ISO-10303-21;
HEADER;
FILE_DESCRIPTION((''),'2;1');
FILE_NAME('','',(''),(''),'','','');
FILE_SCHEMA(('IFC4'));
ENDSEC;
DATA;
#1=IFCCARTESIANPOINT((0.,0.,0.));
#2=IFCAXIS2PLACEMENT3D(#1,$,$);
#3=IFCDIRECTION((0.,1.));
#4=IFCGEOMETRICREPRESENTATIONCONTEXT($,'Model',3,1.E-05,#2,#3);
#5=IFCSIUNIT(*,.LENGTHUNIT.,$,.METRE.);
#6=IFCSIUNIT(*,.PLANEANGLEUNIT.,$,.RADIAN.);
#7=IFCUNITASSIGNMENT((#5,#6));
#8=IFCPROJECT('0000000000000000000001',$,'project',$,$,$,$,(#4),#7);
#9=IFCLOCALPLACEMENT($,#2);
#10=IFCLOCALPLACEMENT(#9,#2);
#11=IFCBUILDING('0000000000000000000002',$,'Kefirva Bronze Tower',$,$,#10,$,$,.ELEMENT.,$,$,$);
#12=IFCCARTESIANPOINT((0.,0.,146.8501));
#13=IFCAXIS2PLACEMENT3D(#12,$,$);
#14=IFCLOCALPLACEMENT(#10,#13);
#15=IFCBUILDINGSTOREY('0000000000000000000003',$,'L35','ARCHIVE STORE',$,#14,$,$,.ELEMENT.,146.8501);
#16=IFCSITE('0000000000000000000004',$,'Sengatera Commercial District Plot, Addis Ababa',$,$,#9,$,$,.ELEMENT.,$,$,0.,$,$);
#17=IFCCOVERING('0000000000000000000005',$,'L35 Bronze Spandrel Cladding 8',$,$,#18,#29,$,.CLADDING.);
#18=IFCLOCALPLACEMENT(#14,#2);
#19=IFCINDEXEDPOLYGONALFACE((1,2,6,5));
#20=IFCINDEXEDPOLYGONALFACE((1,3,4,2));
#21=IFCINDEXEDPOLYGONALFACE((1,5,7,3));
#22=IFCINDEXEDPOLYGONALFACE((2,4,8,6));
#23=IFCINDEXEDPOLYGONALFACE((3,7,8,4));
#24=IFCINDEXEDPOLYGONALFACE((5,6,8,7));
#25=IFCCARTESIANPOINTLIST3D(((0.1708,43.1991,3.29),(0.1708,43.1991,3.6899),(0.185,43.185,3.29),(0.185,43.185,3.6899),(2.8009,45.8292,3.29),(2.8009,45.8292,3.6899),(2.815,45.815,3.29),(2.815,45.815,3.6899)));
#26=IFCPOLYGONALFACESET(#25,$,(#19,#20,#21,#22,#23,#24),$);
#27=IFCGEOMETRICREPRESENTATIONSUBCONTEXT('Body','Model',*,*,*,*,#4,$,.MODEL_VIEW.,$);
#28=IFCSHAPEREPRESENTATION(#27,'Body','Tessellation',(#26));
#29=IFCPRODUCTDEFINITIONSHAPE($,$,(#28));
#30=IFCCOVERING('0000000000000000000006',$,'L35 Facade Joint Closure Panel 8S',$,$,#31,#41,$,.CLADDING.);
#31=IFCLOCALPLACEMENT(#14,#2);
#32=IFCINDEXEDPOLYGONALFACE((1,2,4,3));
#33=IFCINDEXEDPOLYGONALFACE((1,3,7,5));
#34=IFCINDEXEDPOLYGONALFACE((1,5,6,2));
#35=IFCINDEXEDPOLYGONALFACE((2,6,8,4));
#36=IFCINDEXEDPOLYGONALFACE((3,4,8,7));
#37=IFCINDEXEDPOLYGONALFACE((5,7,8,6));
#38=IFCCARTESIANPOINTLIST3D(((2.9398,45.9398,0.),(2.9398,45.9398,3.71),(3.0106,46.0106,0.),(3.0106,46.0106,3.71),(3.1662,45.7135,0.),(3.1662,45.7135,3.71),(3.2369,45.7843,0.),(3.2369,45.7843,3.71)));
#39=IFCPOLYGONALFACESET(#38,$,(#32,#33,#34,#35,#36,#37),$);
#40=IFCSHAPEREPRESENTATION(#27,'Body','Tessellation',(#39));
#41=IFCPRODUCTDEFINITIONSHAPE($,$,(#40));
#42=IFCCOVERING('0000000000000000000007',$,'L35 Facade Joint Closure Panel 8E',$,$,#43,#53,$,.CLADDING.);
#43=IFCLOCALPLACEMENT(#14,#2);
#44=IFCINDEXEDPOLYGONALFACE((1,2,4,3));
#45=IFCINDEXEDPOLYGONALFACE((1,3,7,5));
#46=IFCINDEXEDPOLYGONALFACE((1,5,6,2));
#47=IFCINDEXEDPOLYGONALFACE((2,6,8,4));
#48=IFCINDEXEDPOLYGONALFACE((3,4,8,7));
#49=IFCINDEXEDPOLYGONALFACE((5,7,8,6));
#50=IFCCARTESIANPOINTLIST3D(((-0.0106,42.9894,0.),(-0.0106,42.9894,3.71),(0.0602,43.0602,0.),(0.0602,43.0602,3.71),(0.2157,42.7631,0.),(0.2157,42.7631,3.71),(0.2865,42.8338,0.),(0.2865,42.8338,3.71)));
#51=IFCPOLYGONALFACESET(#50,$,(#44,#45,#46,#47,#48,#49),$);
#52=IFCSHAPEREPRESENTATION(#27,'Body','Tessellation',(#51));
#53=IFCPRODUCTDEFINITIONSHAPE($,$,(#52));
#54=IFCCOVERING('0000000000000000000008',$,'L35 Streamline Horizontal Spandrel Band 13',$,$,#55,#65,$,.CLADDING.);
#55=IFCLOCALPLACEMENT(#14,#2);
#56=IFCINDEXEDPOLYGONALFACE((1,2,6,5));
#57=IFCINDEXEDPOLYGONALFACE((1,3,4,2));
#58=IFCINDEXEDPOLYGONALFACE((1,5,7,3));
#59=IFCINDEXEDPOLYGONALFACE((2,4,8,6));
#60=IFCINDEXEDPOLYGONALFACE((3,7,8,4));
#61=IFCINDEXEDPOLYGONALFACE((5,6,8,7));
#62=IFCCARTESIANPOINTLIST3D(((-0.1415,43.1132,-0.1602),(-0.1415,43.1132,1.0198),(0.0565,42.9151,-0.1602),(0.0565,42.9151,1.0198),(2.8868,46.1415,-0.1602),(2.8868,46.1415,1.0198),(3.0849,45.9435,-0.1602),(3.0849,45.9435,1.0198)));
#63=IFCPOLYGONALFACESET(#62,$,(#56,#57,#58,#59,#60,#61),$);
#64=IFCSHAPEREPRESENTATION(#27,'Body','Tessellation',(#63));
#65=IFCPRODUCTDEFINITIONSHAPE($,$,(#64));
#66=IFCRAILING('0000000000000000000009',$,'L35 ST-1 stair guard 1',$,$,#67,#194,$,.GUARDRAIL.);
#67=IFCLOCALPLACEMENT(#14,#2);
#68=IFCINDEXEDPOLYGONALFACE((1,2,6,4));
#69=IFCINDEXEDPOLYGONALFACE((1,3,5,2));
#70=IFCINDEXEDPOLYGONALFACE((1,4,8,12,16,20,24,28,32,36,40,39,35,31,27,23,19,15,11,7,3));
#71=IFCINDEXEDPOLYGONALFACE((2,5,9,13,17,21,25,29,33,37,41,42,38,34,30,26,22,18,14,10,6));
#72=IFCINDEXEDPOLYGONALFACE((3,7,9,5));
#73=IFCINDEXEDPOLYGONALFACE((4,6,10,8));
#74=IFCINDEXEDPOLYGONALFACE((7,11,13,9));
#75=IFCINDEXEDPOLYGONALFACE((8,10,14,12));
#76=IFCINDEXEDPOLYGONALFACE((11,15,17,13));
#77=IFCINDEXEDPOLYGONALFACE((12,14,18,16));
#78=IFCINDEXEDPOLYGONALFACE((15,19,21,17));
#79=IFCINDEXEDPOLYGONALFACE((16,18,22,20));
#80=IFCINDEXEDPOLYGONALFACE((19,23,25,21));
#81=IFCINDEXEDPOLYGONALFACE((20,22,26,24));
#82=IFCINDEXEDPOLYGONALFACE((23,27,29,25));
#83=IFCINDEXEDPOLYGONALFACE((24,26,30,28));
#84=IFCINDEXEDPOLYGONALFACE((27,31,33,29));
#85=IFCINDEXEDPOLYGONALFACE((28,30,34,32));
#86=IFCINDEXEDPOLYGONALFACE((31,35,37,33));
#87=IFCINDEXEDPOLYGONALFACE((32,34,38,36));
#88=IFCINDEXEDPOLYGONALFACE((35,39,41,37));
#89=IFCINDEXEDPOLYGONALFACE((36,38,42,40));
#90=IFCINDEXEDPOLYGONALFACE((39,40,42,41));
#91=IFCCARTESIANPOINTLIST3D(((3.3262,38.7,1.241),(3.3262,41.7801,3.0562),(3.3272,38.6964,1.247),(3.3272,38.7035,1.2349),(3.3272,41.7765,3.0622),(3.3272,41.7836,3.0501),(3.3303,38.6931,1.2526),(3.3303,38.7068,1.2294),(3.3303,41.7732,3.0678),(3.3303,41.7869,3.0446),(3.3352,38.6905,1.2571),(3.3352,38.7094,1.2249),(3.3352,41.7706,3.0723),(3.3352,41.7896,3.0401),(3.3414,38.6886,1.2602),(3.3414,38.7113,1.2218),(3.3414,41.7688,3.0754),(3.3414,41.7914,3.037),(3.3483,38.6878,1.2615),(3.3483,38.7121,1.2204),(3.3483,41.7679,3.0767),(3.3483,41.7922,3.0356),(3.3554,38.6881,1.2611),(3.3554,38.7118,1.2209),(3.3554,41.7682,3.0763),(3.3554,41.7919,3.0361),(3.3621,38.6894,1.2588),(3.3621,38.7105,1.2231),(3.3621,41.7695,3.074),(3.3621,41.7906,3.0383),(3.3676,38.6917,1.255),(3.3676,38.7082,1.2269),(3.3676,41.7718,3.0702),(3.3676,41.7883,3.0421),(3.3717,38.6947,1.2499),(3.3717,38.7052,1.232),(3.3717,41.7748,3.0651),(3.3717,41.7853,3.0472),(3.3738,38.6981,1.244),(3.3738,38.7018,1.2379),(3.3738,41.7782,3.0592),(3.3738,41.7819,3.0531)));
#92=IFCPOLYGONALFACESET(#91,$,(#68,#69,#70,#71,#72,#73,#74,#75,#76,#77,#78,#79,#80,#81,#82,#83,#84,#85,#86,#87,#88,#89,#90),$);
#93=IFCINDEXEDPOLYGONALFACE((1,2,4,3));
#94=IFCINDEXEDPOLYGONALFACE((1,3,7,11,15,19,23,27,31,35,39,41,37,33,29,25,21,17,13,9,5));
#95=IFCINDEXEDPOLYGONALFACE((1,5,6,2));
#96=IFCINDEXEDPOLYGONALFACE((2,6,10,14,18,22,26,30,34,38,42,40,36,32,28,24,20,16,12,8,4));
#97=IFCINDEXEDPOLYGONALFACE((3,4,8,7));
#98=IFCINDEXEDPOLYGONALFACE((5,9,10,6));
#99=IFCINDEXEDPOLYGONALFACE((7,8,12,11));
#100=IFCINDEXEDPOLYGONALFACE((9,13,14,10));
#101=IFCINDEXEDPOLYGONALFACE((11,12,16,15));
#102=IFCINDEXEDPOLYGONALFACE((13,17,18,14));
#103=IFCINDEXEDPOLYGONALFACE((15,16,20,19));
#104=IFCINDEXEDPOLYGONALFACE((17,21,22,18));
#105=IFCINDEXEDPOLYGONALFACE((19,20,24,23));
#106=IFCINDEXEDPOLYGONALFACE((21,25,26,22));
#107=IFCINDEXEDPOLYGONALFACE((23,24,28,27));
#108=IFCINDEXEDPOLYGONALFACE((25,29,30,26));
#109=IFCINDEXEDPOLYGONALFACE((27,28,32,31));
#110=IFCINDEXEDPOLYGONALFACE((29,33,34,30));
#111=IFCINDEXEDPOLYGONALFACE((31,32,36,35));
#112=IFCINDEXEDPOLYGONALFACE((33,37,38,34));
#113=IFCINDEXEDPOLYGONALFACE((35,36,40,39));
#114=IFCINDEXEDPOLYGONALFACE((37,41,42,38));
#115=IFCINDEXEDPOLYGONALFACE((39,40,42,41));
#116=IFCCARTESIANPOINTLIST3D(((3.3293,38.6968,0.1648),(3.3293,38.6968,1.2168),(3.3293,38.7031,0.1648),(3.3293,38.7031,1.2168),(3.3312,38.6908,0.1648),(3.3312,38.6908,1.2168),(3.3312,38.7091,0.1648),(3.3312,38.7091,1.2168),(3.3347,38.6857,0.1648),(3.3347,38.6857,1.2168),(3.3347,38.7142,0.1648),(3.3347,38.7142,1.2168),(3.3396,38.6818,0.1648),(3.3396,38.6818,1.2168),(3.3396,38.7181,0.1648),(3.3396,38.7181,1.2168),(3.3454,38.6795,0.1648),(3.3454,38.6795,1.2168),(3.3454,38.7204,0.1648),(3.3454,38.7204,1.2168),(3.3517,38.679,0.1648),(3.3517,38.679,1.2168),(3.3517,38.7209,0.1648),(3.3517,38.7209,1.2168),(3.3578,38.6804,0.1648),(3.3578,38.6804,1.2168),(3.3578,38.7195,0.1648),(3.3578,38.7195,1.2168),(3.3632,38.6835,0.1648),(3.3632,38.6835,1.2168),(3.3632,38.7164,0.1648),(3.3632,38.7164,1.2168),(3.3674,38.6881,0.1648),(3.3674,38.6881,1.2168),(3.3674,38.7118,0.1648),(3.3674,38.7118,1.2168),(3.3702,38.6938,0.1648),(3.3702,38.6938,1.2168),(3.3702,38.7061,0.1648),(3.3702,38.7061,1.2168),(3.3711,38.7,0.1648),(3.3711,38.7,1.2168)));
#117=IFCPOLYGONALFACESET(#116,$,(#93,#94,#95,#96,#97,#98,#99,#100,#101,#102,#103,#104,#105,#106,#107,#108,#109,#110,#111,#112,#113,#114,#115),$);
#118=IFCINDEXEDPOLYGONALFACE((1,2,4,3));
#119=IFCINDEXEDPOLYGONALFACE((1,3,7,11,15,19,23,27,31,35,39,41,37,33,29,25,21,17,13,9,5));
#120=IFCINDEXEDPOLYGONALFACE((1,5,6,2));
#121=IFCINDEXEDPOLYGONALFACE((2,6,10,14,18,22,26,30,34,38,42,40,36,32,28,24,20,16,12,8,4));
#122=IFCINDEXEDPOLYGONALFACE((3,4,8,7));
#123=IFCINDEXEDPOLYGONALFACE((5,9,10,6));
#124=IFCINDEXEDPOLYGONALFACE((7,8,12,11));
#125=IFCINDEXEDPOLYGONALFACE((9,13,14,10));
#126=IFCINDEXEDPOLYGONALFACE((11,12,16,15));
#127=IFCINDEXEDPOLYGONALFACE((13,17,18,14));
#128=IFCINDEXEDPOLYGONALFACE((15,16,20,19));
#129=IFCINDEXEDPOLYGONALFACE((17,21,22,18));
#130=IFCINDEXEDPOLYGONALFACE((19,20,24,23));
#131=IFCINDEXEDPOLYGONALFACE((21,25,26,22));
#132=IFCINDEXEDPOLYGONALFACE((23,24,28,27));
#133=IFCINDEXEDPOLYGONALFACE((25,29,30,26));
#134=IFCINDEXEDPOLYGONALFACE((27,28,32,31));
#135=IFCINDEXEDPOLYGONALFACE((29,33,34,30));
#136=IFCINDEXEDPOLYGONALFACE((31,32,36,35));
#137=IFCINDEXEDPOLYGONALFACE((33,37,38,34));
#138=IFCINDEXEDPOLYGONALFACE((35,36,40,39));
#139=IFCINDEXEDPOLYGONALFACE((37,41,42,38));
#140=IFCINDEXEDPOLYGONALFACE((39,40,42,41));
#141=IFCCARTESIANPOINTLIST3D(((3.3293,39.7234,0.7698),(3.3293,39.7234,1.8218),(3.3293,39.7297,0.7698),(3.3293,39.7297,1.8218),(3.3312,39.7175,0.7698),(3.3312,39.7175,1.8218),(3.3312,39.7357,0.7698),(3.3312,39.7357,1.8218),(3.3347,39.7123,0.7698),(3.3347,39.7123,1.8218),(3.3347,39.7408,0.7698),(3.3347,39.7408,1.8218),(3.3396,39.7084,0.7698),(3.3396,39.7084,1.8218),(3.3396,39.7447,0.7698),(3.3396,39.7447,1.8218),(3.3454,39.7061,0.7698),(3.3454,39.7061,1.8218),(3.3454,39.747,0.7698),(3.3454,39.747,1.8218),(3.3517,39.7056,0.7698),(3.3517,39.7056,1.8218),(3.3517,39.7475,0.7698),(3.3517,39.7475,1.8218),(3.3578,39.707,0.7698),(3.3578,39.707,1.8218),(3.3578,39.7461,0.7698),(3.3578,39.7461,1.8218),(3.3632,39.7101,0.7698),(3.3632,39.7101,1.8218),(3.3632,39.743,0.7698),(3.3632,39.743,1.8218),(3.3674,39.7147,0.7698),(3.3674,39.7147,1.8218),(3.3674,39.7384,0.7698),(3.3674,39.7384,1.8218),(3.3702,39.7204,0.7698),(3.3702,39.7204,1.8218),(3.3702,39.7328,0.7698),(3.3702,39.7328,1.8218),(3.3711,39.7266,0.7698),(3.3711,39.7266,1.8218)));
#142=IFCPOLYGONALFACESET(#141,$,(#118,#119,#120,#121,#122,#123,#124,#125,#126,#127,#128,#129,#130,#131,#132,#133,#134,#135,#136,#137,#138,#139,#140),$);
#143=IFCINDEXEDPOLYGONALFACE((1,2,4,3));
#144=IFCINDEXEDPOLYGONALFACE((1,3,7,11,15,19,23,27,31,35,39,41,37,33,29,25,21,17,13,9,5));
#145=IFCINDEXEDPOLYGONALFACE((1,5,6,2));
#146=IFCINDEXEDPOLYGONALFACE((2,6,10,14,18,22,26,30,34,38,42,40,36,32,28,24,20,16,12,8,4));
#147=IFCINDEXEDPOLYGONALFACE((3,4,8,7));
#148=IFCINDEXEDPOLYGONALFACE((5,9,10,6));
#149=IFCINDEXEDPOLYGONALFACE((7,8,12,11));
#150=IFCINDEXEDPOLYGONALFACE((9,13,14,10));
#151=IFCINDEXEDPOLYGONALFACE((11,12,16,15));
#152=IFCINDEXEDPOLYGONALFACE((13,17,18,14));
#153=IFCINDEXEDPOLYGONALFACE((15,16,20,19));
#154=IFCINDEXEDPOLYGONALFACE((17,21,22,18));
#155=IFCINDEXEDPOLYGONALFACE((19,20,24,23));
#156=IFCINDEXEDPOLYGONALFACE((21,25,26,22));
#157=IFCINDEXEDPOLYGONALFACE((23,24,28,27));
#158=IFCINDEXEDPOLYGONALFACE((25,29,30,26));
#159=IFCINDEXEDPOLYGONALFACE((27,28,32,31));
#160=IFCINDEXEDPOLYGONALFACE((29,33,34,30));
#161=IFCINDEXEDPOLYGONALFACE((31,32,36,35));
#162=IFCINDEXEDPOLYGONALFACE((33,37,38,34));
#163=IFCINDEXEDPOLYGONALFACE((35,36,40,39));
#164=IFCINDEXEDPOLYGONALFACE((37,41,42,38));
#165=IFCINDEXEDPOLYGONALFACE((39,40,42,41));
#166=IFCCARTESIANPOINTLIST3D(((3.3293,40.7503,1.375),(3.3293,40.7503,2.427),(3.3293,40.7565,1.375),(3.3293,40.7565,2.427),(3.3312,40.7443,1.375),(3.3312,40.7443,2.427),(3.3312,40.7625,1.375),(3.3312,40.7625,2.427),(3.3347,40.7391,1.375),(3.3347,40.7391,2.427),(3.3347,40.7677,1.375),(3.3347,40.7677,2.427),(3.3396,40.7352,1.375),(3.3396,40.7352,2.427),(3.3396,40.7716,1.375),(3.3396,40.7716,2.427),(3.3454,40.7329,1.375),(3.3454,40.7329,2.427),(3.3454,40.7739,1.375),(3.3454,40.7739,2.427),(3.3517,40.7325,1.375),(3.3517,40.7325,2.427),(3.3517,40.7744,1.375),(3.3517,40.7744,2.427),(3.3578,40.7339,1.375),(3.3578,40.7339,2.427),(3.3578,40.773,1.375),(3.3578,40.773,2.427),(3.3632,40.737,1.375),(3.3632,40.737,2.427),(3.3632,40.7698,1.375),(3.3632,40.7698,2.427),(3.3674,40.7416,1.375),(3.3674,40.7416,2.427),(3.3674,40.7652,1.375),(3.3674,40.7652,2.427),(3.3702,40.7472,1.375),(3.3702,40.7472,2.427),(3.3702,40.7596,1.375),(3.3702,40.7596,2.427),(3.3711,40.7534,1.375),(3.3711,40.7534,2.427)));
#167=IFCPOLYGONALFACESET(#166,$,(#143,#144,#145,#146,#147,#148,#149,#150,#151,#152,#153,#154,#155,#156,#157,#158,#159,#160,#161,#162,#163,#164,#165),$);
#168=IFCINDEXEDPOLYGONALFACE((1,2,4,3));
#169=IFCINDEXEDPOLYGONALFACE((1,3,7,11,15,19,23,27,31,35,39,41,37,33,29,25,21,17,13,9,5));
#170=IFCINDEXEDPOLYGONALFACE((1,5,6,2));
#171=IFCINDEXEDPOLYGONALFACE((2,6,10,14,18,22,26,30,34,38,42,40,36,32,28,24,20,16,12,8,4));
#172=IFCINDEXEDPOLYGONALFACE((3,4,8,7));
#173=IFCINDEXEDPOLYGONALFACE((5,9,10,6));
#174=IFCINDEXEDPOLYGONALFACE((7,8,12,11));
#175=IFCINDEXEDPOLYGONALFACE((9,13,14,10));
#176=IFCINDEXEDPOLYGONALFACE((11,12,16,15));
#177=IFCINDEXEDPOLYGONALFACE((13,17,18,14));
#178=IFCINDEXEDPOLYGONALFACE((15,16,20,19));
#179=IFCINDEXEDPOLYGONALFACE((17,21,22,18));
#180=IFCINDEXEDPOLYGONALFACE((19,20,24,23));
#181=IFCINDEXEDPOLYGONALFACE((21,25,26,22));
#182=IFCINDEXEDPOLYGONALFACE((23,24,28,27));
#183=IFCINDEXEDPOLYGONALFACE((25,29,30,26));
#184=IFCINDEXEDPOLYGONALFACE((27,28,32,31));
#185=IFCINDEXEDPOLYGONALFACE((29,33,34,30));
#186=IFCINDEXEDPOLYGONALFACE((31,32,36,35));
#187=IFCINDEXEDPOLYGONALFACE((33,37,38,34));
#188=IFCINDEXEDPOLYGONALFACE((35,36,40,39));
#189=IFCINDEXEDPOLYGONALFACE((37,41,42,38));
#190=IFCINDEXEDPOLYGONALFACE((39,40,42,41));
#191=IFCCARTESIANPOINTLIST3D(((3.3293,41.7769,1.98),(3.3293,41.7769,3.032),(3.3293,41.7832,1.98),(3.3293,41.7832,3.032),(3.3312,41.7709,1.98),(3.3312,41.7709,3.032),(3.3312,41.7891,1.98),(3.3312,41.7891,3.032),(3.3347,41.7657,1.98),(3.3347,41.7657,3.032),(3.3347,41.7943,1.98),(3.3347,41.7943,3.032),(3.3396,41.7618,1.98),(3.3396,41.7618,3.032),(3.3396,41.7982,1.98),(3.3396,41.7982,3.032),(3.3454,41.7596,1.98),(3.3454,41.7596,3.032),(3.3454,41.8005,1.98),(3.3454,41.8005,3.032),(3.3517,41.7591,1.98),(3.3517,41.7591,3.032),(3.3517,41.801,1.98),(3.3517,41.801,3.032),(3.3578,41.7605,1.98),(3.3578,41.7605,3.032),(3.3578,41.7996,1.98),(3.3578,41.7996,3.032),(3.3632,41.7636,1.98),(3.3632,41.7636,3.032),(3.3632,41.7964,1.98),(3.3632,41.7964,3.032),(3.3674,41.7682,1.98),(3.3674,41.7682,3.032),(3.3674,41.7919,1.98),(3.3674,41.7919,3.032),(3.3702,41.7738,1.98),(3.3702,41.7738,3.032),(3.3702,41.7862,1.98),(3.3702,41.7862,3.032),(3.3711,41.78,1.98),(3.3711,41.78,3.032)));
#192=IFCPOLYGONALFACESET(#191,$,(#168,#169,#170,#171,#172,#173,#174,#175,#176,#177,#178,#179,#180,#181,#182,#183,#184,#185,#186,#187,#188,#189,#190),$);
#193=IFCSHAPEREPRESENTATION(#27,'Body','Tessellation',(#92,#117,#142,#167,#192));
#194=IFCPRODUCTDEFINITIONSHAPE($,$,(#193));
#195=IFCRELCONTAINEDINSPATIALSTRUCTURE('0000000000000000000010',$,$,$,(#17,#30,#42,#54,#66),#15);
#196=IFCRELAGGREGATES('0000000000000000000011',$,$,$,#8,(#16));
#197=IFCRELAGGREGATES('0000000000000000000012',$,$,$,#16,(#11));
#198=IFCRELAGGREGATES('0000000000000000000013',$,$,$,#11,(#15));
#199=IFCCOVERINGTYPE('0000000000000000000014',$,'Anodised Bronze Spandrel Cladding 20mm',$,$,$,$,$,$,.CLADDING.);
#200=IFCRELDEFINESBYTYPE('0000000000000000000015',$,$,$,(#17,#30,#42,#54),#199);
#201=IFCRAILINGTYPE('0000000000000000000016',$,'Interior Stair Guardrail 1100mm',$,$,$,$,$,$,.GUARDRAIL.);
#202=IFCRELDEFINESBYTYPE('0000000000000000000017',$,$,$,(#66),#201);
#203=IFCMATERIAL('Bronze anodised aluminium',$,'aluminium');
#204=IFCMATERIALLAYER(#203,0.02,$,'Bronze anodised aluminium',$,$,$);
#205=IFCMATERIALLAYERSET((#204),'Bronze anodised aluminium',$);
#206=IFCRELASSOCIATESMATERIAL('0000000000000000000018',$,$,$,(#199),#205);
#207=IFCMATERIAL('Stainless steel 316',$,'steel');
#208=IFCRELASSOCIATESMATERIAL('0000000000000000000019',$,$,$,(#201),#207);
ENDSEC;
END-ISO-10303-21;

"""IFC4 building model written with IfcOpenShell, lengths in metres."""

from ifc_helpers import new_model, si_unit, direction, frame, origin, origin_2d, place, context, subcontext, project, spatial, rectangle, circle, extrude, material, layer, layer_set, type_object, element, save


model = new_model("IFC4")

# Units and contexts
model_context = context("Model", 3, precision=1e-05, world=origin(), true_north=direction((0.0, 1.0)))
body_context = subcontext(model_context, "Body", "Model", "MODEL_VIEW")
ifc_project = project(units=[si_unit("LENGTHUNIT", "METRE"), si_unit("PLANEANGLEUNIT", "RADIAN")], contexts=[model_context])

# Site, building, storey
site_placement = place(None, origin())
site = spatial("IfcSite", under=ifc_project, at=site_placement, Name="Sengatera Commercial District Plot, Addis Ababa", CompositionType="ELEMENT", RefElevation=0.0)
building_placement = place(site_placement, origin())
building = spatial("IfcBuilding", under=site, at=building_placement, Name="Kefirva Bronze Tower", CompositionType="ELEMENT")
storey_placement = place(building_placement, frame((0.0, 0.0, 146.8501)))
storey = spatial("IfcBuildingStorey", under=building, at=storey_placement, Name="L35", Description="ARCHIVE STORE", CompositionType="ELEMENT", Elevation=146.8501)

# Shared definitions
ifc_material_1 = material(Name="Bronze anodised aluminium", Category="aluminium")

# Coverings
ifc_layer_1 = layer(ifc_material_1, 0.02, Name="Bronze anodised aluminium")
ifc_layer_set_1 = layer_set([ifc_layer_1], Name="Bronze anodised aluminium")
covering_type_1 = type_object("IfcCoveringType", Name="Anodised Bronze Spandrel Cladding 20mm", PredefinedType="CLADDING", material=ifc_layer_set_1)
covering_1_placement = place(storey_placement, frame((1.4929, 44.5071, 3.29), z_axis=(0.0, 0.0, 1.0), x_axis=(-0.707107, -0.707107, 0.0)))
element("IfcCovering", 1, at=covering_1_placement, inside=storey, type_object=covering_type_1, Name="L35 Bronze Spandrel Cladding 8", PredefinedType="CLADDING", context=body_context, shape_type="SweptSolid", body=[
    extrude(rectangle(XDim=3.7195, YDim=0.02, at=origin_2d()), origin(), (0.0, 0.0, 1.0), 0.3999),
])
for number, where, z_axis, x_axis, name in (
    (2, (3.0884, 45.8621, 0.0), (0.0, 0.0, 1.0), (-0.707107, -0.707107, 0.0), "L35 Facade Joint Closure Panel 8S"),
    (3, (0.1379, 42.9116, 0.0), (0.0, 0.0, 1.0), (-0.707107, -0.707107, 0.0), "L35 Facade Joint Closure Panel 8E"),
):
    element("IfcCovering", number, at=place(storey_placement, frame(where, z_axis=z_axis, x_axis=x_axis)), inside=storey, type_object=covering_type_1, Name=name, PredefinedType="CLADDING", context=body_context, shape_type="SweptSolid", body=[
        extrude(rectangle(XDim=0.1001, YDim=0.3201, at=origin_2d()), origin(), (0.0, 0.0, 1.0), 3.71),
    ])
covering_2_placement = place(storey_placement, frame((1.4717, 44.5283, -0.1602), z_axis=(0.0, 0.0, 1.0), x_axis=(-0.707107, -0.707107, 0.0)))
element("IfcCovering", 4, at=covering_2_placement, inside=storey, type_object=covering_type_1, Name="L35 Streamline Horizontal Spandrel Band 13", PredefinedType="CLADDING", context=body_context, shape_type="SweptSolid", body=[
    extrude(rectangle(XDim=4.2827, YDim=0.28, at=origin_2d()), origin(), (0.0, 0.0, 1.0), 1.1799),
])

# Railing
ifc_material_2 = material(Name="Stainless steel 316", Category="steel")
railing_type_1 = type_object("IfcRailingType", Name="Interior Stair Guardrail 1100mm", PredefinedType="GUARDRAIL", material=ifc_material_2)
railing_1_placement = place(storey_placement, frame((3.3501, 38.7, 0.1648)))
element("IfcRailing", 5, at=railing_1_placement, inside=storey, type_object=railing_type_1, Name="L35 ST-1 stair guard 1", PredefinedType="GUARDRAIL", context=body_context, shape_type="SweptSolid", body=[
    extrude(circle(Radius=0.0239, at=origin_2d()), frame((0.0, 0.0, 1.0762), z_axis=(0.0, 0.861521, 0.507721), x_axis=(-1.0, 0.0, 0.0)), (0.0, 0.0, 1.0), 3.5752),
    extrude(circle(Radius=0.021, at=origin_2d()), origin(), (0.0, 0.0, 1.0), 1.052),
    extrude(circle(Radius=0.021, at=origin_2d()), frame((0.0, 1.0266, 0.605)), (0.0, 0.0, 1.0), 1.052),
    extrude(circle(Radius=0.021, at=origin_2d()), frame((0.0, 2.0535, 1.2102)), (0.0, 0.0, 1.0), 1.052),
    extrude(circle(Radius=0.021, at=origin_2d()), frame((0.0, 3.0801, 1.8152)), (0.0, 0.0, 1.0), 1.052),
])

save(model, "model.ifc")
